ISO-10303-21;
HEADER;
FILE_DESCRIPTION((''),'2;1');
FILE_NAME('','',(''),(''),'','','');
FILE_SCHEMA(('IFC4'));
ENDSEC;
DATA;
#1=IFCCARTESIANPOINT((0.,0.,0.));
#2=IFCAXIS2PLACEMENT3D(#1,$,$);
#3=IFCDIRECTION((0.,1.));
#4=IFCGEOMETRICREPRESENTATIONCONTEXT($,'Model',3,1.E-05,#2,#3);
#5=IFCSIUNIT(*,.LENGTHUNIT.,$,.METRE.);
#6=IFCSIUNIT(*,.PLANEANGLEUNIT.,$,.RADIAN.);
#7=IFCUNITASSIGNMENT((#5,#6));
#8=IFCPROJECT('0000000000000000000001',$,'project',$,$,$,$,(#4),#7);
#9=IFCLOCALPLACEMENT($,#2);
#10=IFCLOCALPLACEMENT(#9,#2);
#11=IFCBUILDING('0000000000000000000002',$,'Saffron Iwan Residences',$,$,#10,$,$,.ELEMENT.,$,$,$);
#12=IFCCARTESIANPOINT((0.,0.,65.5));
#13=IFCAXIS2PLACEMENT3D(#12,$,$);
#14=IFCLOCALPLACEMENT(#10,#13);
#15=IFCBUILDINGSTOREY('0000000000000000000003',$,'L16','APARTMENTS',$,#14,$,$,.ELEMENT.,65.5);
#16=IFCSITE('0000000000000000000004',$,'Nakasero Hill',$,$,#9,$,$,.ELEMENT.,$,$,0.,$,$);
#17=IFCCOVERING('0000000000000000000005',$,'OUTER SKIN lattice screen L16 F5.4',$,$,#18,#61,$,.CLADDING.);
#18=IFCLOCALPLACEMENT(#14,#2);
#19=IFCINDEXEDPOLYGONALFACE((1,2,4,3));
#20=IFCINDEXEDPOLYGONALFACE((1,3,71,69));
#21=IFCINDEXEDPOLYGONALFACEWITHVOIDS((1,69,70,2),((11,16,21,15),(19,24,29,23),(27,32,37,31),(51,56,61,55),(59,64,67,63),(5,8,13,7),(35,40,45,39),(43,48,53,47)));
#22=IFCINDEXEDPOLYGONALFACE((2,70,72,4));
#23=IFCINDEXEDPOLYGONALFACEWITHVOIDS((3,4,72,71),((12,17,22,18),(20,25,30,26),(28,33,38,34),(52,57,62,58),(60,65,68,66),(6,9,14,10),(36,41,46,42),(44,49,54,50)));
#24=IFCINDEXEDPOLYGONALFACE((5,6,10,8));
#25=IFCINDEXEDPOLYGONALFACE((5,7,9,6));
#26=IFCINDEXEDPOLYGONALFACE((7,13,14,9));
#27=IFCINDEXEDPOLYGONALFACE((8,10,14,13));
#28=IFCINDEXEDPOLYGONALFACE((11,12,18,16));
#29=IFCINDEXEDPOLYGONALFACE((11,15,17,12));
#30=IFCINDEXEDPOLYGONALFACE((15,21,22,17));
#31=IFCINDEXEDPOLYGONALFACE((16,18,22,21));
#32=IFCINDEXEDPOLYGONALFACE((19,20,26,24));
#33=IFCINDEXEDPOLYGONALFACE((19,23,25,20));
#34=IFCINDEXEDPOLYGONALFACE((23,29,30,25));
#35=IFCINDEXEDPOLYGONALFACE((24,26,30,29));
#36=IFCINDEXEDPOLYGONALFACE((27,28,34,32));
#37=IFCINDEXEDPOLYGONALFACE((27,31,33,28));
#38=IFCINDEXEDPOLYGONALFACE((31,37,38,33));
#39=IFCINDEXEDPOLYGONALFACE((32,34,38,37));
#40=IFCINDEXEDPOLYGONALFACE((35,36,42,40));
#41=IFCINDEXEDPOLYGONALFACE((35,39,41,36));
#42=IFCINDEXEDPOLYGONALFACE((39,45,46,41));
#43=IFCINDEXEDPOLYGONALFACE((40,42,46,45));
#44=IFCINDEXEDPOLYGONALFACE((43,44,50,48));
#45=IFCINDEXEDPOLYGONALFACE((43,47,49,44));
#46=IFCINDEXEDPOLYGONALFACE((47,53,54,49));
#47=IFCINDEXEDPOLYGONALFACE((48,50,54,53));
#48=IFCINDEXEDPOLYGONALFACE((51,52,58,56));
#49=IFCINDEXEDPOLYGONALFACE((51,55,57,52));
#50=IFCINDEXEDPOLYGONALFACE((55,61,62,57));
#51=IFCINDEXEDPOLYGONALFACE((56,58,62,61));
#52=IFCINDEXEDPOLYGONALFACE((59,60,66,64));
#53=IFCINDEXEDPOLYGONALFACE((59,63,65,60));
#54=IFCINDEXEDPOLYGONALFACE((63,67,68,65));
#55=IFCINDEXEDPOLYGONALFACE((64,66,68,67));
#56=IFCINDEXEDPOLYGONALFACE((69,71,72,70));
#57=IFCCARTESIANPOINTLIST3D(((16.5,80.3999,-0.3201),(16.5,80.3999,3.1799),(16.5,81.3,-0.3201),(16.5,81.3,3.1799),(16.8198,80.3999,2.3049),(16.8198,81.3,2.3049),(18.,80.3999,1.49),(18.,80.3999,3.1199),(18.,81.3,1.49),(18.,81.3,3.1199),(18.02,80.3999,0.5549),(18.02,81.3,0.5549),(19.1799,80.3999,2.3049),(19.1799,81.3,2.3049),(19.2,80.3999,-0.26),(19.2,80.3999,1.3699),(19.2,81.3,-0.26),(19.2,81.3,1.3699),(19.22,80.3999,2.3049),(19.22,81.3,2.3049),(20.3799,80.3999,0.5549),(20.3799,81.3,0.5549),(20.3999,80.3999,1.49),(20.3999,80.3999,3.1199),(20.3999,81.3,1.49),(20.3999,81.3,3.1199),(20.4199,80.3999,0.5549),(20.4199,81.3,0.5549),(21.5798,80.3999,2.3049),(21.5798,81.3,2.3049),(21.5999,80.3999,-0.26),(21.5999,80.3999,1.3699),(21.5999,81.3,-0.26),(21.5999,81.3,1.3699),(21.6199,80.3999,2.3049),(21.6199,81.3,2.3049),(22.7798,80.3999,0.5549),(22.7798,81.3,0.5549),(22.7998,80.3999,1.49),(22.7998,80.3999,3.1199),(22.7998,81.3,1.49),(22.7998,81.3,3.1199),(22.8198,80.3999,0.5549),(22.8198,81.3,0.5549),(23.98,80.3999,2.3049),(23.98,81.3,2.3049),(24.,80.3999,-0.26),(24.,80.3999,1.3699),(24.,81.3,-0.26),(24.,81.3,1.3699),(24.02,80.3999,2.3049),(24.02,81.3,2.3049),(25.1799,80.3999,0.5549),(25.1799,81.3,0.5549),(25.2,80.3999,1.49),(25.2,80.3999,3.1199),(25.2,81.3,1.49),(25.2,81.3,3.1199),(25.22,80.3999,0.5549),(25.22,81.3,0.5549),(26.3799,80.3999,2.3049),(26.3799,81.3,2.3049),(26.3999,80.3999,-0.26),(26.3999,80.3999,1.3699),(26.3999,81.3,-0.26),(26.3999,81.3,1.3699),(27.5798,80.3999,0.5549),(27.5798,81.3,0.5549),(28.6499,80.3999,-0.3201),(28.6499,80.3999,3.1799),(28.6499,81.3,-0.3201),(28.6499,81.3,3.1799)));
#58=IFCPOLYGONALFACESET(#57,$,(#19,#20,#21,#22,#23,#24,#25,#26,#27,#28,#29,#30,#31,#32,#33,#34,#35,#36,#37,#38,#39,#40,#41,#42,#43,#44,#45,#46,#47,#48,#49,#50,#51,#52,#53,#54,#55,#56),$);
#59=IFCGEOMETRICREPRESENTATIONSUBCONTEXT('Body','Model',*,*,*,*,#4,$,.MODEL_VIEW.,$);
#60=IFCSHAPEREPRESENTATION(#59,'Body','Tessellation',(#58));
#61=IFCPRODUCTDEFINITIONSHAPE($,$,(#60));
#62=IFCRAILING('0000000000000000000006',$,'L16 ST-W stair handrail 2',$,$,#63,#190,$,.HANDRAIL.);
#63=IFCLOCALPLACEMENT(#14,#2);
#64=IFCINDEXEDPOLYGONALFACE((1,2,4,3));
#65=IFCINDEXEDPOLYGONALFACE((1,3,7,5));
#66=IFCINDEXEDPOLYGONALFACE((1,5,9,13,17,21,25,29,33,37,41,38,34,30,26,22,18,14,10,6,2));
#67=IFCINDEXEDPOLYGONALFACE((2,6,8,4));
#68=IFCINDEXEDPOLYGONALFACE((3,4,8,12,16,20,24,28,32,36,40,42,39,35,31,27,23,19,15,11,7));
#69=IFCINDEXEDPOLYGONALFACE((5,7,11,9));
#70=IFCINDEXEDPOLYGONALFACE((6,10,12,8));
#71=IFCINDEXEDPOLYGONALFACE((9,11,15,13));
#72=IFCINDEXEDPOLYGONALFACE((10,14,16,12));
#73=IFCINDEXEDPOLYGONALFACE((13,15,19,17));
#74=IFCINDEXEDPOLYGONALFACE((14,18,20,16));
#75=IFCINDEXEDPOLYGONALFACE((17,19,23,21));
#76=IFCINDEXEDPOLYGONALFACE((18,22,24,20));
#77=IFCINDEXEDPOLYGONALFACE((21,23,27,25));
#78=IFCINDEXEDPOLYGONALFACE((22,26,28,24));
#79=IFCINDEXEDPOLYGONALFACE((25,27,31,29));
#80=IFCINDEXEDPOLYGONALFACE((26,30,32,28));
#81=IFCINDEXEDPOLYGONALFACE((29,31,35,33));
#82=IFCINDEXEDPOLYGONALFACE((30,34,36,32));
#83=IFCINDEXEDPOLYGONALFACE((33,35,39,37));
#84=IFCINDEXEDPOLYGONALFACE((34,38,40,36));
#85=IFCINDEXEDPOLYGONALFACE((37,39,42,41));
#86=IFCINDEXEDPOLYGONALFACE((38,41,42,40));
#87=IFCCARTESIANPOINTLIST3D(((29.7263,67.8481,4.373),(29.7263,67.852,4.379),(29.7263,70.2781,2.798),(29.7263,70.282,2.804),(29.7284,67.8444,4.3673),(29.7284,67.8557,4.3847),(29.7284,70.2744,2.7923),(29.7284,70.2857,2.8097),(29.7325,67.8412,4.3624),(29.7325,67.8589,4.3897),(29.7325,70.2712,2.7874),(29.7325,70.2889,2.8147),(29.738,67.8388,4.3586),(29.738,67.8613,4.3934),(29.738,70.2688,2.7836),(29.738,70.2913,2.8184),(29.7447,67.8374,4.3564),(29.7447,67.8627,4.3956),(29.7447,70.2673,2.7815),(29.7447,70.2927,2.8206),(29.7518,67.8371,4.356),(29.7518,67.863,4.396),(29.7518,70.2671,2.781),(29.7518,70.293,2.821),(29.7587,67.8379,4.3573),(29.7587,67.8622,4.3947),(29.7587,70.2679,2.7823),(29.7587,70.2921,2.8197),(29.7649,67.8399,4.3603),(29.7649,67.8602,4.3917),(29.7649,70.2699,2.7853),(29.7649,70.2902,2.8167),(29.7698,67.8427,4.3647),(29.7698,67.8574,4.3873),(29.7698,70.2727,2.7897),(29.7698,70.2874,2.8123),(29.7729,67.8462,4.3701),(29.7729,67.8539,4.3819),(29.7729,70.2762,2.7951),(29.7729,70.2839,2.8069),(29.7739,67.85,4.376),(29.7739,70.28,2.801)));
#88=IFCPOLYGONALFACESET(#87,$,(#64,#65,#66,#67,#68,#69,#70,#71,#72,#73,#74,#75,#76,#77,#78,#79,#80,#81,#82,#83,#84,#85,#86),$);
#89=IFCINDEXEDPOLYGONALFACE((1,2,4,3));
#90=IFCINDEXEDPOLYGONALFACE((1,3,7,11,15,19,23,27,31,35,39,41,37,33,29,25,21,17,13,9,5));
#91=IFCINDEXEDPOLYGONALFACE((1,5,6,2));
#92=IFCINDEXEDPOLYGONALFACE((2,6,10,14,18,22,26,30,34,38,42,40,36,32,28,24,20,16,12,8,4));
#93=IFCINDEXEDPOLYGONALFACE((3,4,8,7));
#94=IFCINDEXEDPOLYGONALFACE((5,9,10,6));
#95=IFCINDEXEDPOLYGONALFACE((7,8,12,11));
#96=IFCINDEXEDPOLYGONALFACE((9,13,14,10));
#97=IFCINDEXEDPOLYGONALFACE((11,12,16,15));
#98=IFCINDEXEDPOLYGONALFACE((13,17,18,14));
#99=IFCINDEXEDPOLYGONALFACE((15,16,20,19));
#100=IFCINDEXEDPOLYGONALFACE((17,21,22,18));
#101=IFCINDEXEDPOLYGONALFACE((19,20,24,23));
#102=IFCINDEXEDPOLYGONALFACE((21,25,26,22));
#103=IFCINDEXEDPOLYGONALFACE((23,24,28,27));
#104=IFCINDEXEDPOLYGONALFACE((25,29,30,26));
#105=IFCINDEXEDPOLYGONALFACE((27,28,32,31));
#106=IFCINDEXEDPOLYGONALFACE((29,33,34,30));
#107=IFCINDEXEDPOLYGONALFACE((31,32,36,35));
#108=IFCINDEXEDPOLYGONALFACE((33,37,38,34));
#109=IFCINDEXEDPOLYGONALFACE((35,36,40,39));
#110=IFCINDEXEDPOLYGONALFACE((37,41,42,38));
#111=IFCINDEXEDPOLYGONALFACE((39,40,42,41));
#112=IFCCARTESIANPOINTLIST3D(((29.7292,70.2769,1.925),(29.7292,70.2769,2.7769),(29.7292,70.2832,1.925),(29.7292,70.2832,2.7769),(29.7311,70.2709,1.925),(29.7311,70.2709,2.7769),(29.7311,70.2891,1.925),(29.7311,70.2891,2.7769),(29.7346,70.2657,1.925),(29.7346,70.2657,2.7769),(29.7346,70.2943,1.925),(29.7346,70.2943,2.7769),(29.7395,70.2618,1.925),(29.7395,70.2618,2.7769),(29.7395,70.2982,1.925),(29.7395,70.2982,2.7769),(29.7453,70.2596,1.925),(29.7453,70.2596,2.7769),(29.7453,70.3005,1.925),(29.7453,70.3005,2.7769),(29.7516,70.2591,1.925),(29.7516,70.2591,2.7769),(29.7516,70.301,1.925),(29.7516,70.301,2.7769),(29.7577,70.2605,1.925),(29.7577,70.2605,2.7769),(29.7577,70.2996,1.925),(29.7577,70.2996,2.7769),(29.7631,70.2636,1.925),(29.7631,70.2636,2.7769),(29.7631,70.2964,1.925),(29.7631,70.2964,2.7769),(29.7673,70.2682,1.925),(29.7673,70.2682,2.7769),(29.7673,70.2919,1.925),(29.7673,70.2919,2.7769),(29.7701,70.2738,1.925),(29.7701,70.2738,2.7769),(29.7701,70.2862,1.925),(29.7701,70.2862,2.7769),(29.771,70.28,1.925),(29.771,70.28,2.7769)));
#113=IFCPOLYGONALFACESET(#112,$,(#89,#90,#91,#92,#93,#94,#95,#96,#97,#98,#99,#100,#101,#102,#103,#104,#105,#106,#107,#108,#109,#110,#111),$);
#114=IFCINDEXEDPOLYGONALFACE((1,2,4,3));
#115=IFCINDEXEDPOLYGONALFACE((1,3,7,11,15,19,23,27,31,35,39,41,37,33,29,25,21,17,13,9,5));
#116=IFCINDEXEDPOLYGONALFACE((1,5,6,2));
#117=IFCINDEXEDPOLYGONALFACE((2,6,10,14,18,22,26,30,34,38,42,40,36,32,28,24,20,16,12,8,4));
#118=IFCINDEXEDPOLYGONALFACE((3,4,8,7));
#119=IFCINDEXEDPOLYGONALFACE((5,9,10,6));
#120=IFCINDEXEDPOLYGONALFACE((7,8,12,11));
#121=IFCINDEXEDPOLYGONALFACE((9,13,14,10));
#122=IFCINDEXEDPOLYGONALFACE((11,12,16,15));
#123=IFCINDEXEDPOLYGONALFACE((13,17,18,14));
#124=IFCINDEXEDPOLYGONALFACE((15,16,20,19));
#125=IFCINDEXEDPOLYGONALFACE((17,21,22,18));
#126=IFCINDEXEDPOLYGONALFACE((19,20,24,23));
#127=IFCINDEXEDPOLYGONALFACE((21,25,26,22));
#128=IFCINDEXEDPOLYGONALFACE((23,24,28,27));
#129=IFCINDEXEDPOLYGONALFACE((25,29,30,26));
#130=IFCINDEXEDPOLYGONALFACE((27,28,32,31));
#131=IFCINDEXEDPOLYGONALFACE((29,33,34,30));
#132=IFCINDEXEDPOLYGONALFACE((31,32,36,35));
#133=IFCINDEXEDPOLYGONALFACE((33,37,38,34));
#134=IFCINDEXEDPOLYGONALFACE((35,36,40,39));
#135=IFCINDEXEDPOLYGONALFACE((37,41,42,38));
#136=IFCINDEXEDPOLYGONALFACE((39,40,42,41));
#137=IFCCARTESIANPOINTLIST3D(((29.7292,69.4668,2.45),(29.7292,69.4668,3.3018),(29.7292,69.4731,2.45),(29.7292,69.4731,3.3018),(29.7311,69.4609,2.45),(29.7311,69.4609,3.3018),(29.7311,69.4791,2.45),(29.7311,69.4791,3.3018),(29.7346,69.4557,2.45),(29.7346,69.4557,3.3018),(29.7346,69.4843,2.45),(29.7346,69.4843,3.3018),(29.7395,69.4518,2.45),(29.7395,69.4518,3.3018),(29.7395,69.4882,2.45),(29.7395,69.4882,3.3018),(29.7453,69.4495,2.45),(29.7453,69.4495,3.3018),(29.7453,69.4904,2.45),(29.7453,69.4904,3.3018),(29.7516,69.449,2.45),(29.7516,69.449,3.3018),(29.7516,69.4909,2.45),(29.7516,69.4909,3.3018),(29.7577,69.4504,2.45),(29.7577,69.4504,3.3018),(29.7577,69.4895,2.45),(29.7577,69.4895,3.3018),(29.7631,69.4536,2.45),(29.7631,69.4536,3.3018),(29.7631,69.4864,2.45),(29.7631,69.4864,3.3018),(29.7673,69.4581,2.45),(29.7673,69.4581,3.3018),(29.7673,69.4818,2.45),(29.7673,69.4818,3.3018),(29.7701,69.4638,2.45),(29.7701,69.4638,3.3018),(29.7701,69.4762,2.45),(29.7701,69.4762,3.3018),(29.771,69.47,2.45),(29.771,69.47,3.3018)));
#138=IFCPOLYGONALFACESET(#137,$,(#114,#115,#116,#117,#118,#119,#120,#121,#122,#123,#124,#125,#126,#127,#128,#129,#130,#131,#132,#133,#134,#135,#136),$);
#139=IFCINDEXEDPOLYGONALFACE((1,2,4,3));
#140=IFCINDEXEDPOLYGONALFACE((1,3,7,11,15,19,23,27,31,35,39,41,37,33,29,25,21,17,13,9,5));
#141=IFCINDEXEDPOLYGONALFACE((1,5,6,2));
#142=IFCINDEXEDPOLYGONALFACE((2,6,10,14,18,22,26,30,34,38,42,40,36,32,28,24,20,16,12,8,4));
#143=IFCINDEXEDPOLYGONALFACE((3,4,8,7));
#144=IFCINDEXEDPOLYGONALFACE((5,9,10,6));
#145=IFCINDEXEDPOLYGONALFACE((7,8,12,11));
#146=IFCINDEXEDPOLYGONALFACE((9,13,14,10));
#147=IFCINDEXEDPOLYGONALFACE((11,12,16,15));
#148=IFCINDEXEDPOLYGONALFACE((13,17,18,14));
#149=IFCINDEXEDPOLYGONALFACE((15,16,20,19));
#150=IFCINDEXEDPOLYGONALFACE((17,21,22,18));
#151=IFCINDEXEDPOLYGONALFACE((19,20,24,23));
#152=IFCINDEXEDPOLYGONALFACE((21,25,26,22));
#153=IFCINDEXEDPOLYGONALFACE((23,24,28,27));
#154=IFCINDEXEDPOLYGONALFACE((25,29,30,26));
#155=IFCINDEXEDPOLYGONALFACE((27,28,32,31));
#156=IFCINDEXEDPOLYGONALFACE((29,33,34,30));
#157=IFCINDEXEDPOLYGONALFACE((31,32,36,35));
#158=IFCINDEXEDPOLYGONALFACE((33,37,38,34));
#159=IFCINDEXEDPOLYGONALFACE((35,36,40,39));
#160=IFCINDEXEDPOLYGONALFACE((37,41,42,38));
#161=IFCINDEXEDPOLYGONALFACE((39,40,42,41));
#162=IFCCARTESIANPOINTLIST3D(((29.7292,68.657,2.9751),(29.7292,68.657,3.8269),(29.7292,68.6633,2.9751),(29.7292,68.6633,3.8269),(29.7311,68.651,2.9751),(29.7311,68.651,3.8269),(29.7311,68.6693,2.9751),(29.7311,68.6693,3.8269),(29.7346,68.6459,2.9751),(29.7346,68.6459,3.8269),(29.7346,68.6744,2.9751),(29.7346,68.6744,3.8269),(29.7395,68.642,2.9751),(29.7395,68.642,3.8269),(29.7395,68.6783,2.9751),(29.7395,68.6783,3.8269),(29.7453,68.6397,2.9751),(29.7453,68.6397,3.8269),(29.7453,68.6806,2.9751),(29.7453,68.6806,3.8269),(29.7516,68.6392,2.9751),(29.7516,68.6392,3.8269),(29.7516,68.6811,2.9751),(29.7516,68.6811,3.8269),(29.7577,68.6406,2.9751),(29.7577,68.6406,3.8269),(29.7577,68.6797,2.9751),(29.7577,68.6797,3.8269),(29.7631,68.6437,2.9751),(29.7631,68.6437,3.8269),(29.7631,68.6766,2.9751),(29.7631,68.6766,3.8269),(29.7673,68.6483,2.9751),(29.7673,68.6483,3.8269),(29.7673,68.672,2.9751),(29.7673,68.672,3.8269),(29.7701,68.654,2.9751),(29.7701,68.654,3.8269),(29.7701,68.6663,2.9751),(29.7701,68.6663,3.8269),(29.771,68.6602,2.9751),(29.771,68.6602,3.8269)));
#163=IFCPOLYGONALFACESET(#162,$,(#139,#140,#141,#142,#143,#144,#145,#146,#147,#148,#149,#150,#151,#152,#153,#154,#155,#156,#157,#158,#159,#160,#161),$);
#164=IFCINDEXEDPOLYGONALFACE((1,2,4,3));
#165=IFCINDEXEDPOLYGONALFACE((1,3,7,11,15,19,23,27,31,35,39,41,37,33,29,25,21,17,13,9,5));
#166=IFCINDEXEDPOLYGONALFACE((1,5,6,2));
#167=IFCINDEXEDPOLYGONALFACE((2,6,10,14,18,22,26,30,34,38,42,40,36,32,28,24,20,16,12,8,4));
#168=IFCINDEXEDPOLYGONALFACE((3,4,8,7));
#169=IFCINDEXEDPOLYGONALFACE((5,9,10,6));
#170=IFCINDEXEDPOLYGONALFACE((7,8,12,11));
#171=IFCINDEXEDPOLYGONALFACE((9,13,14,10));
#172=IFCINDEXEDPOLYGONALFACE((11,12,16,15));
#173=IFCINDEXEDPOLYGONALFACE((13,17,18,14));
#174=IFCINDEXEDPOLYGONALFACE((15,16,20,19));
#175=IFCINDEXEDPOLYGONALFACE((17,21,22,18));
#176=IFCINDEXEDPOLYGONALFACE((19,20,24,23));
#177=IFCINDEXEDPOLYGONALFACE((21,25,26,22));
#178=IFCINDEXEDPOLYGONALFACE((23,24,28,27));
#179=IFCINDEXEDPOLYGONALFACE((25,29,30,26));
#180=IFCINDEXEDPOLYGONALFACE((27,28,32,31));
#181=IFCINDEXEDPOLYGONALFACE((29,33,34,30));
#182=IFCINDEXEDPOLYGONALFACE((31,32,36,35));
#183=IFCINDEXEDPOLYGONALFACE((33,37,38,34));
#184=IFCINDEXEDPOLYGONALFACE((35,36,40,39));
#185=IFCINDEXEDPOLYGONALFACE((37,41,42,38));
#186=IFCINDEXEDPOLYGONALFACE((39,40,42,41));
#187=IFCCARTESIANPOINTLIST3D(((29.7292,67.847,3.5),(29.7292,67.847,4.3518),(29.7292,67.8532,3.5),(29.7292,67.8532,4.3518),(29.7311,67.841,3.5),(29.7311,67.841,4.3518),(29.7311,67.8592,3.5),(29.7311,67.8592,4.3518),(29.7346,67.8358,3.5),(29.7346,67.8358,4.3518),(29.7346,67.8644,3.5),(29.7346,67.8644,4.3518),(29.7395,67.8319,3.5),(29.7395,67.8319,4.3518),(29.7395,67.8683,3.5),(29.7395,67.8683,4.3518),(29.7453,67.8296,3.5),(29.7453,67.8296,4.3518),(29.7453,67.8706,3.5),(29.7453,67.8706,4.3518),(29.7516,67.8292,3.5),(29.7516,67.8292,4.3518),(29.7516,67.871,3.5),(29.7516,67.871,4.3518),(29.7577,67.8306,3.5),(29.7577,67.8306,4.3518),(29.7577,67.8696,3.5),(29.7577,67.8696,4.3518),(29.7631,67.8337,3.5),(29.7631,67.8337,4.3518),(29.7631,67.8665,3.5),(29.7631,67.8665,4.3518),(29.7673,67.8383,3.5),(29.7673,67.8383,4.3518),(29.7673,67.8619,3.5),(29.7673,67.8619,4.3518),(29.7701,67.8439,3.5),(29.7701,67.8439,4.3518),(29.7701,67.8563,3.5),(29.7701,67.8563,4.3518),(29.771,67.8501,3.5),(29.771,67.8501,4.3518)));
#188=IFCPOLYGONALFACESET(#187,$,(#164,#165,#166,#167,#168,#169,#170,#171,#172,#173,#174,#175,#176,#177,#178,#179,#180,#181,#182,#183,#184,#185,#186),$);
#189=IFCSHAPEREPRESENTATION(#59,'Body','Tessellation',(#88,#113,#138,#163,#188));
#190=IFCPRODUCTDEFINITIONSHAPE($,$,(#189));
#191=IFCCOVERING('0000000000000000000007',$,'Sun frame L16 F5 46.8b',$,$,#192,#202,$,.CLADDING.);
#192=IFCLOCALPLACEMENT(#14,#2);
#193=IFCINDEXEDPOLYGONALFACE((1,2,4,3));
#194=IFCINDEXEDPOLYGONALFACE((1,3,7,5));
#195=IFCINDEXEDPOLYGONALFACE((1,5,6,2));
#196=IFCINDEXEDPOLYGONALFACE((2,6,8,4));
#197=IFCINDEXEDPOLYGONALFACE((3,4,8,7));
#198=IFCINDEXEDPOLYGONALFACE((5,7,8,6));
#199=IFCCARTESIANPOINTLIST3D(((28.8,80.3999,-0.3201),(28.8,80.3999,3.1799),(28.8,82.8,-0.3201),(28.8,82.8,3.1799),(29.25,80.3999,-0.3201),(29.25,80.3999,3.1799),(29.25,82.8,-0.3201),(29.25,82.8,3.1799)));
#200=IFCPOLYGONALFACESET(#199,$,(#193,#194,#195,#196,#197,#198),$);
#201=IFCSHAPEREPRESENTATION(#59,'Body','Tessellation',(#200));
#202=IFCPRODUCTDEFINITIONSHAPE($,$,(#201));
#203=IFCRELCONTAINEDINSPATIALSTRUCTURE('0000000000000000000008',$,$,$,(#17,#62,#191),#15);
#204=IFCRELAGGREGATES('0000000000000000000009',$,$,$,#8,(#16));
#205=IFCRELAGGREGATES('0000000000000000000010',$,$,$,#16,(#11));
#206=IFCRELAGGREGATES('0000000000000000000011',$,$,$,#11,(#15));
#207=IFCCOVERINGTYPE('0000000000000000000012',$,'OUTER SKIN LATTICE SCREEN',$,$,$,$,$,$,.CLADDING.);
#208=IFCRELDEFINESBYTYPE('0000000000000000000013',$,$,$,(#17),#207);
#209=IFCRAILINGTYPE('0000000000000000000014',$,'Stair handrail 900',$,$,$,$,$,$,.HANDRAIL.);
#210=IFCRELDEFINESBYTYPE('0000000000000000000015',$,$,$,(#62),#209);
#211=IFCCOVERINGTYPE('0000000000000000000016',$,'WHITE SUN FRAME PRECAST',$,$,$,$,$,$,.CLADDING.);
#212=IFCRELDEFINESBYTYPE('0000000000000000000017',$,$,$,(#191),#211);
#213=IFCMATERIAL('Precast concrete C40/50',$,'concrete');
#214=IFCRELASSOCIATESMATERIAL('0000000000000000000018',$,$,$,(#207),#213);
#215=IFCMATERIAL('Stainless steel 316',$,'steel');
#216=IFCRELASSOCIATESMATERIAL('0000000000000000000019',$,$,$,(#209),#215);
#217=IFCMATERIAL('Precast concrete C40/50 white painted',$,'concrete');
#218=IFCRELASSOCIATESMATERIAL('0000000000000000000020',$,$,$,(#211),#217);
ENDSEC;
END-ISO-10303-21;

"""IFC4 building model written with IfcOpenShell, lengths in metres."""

from ifc_helpers import new_model, si_unit, direction, frame, origin, origin_2d, place, context, subcontext, project, spatial, polyline, circle, outline, extrude, material, type_object, element, save


model = new_model("IFC4")

# Units and contexts
model_context = context("Model", 3, precision=1e-05, world=origin(), true_north=direction((0.0, 1.0)))
body_context = subcontext(model_context, "Body", "Model", "MODEL_VIEW")
ifc_project = project(units=[si_unit("LENGTHUNIT", "METRE"), si_unit("PLANEANGLEUNIT", "RADIAN")], contexts=[model_context])

# Site, building, storey
site_placement = place(None, origin())
site = spatial("IfcSite", under=ifc_project, at=site_placement, Name="Nakasero Hill", CompositionType="ELEMENT", RefElevation=0.0)
building_placement = place(site_placement, origin())
building = spatial("IfcBuilding", under=site, at=building_placement, Name="Saffron Iwan Residences", CompositionType="ELEMENT")
storey_placement = place(building_placement, frame((0.0, 0.0, 65.5)))
storey = spatial("IfcBuildingStorey", under=building, at=storey_placement, Name="L16", Description="APARTMENTS", CompositionType="ELEMENT", Elevation=65.5)

# Covering
ifc_material_1 = material(Name="Precast concrete C40/50", Category="concrete")
covering_type_1 = type_object("IfcCoveringType", Name="OUTER SKIN LATTICE SCREEN", PredefinedType="CLADDING", material=ifc_material_1)
covering_1_placement = place(storey_placement, frame((28.6499, 80.3999, -0.3201), z_axis=(0.0, 1.0, 0.0), x_axis=(-1.0, 0.0, 0.0)))
element("IfcCovering", 1, at=covering_1_placement, inside=storey, type_object=covering_type_1, Name="OUTER SKIN lattice screen L16 F5.4", PredefinedType="CLADDING", context=body_context, shape_type="SweptSolid", body=[
    extrude(outline(polyline([(0.0, 0.0), (12.1499, 0.0), (12.1499, 3.5), (0.0, 3.5), (0.0, 0.0)]), holes=[polyline([(1.0701, 0.875), (2.25, 0.0601), (3.4299, 0.875), (2.25, 1.6899), (1.0701, 0.875)]), polyline([(3.47, 0.875), (4.6499, 0.0601), (5.8301, 0.875), (4.6499, 1.6899), (3.47, 0.875)]), polyline([(5.8701, 0.875), (7.05, 0.0601), (8.23, 0.875), (7.05, 1.6899), (5.8701, 0.875)]), polyline([(8.27, 0.875), (9.45, 0.0601), (10.6299, 0.875), (9.45, 1.6899), (8.27, 0.875)]), polyline([(2.27, 2.625), (3.45, 1.8101), (4.6299, 2.625), (3.45, 3.4399), (2.27, 2.625)]), polyline([(4.6699, 2.625), (5.8501, 1.8101), (7.03, 2.625), (5.8501, 3.4399), (4.6699, 2.625)]), polyline([(7.0701, 2.625), (8.25, 1.8101), (9.4299, 2.625), (8.25, 3.4399), (7.0701, 2.625)]), polyline([(9.47, 2.625), (10.6499, 1.8101), (11.8301, 2.625), (10.6499, 3.4399), (9.47, 2.625)])]), origin(), (0.0, 0.0, 1.0), 0.9001),
])

# Railing
ifc_material_2 = material(Name="Stainless steel 316", Category="steel")
railing_type = type_object("IfcRailingType", Name="Stair handrail 900", PredefinedType="HANDRAIL", material=ifc_material_2)
railing_placement = place(storey_placement, frame((29.75, 70.28, 1.925)))
element("IfcRailing", 2, at=railing_placement, inside=storey, type_object=railing_type, Name="L16 ST-W stair handrail 2", PredefinedType="HANDRAIL", context=body_context, shape_type="SweptSolid", body=[
    extrude(circle(Radius=0.0239, at=origin_2d()), frame((0.0, 0.0, 0.876), z_axis=(0.0, -0.839154, 0.543894), x_axis=(1.0, 0.0, 0.0)), (0.0, 0.0, 1.0), 2.8958),
    extrude(circle(Radius=0.021, at=origin_2d()), origin(), (0.0, 0.0, 1.0), 0.8518),
    extrude(circle(Radius=0.021, at=origin_2d()), frame((0.0, -0.8101, 0.5249)), (0.0, 0.0, 1.0), 0.8518),
    extrude(circle(Radius=0.021, at=origin_2d()), frame((0.0, -1.6199, 1.05)), (0.0, 0.0, 1.0), 0.8518),
    extrude(circle(Radius=0.021, at=origin_2d()), frame((0.0, -2.4299, 1.575)), (0.0, 0.0, 1.0), 0.8518),
])

# Covering
ifc_material_3 = material(Name="Precast concrete C40/50 white painted", Category="concrete")
covering_type_2 = type_object("IfcCoveringType", Name="WHITE SUN FRAME PRECAST", PredefinedType="CLADDING", material=ifc_material_3)
covering_2_placement = place(storey_placement, frame((29.25, 80.3999, -0.3201), z_axis=(0.0, 1.0, 0.0), x_axis=(-1.0, 0.0, 0.0)))
element("IfcCovering", 3, at=covering_2_placement, inside=storey, type_object=covering_type_2, Name="Sun frame L16 F5 46.8b", PredefinedType="CLADDING", context=body_context, shape_type="SweptSolid", body=[
    extrude(outline(polyline([(0.0, 0.0), (0.45, 0.0), (0.45, 3.5), (0.0, 3.5), (0.0, 0.0)])), origin(), (0.0, 0.0, 1.0), 2.4001),
])

save(model, "model.ifc")
